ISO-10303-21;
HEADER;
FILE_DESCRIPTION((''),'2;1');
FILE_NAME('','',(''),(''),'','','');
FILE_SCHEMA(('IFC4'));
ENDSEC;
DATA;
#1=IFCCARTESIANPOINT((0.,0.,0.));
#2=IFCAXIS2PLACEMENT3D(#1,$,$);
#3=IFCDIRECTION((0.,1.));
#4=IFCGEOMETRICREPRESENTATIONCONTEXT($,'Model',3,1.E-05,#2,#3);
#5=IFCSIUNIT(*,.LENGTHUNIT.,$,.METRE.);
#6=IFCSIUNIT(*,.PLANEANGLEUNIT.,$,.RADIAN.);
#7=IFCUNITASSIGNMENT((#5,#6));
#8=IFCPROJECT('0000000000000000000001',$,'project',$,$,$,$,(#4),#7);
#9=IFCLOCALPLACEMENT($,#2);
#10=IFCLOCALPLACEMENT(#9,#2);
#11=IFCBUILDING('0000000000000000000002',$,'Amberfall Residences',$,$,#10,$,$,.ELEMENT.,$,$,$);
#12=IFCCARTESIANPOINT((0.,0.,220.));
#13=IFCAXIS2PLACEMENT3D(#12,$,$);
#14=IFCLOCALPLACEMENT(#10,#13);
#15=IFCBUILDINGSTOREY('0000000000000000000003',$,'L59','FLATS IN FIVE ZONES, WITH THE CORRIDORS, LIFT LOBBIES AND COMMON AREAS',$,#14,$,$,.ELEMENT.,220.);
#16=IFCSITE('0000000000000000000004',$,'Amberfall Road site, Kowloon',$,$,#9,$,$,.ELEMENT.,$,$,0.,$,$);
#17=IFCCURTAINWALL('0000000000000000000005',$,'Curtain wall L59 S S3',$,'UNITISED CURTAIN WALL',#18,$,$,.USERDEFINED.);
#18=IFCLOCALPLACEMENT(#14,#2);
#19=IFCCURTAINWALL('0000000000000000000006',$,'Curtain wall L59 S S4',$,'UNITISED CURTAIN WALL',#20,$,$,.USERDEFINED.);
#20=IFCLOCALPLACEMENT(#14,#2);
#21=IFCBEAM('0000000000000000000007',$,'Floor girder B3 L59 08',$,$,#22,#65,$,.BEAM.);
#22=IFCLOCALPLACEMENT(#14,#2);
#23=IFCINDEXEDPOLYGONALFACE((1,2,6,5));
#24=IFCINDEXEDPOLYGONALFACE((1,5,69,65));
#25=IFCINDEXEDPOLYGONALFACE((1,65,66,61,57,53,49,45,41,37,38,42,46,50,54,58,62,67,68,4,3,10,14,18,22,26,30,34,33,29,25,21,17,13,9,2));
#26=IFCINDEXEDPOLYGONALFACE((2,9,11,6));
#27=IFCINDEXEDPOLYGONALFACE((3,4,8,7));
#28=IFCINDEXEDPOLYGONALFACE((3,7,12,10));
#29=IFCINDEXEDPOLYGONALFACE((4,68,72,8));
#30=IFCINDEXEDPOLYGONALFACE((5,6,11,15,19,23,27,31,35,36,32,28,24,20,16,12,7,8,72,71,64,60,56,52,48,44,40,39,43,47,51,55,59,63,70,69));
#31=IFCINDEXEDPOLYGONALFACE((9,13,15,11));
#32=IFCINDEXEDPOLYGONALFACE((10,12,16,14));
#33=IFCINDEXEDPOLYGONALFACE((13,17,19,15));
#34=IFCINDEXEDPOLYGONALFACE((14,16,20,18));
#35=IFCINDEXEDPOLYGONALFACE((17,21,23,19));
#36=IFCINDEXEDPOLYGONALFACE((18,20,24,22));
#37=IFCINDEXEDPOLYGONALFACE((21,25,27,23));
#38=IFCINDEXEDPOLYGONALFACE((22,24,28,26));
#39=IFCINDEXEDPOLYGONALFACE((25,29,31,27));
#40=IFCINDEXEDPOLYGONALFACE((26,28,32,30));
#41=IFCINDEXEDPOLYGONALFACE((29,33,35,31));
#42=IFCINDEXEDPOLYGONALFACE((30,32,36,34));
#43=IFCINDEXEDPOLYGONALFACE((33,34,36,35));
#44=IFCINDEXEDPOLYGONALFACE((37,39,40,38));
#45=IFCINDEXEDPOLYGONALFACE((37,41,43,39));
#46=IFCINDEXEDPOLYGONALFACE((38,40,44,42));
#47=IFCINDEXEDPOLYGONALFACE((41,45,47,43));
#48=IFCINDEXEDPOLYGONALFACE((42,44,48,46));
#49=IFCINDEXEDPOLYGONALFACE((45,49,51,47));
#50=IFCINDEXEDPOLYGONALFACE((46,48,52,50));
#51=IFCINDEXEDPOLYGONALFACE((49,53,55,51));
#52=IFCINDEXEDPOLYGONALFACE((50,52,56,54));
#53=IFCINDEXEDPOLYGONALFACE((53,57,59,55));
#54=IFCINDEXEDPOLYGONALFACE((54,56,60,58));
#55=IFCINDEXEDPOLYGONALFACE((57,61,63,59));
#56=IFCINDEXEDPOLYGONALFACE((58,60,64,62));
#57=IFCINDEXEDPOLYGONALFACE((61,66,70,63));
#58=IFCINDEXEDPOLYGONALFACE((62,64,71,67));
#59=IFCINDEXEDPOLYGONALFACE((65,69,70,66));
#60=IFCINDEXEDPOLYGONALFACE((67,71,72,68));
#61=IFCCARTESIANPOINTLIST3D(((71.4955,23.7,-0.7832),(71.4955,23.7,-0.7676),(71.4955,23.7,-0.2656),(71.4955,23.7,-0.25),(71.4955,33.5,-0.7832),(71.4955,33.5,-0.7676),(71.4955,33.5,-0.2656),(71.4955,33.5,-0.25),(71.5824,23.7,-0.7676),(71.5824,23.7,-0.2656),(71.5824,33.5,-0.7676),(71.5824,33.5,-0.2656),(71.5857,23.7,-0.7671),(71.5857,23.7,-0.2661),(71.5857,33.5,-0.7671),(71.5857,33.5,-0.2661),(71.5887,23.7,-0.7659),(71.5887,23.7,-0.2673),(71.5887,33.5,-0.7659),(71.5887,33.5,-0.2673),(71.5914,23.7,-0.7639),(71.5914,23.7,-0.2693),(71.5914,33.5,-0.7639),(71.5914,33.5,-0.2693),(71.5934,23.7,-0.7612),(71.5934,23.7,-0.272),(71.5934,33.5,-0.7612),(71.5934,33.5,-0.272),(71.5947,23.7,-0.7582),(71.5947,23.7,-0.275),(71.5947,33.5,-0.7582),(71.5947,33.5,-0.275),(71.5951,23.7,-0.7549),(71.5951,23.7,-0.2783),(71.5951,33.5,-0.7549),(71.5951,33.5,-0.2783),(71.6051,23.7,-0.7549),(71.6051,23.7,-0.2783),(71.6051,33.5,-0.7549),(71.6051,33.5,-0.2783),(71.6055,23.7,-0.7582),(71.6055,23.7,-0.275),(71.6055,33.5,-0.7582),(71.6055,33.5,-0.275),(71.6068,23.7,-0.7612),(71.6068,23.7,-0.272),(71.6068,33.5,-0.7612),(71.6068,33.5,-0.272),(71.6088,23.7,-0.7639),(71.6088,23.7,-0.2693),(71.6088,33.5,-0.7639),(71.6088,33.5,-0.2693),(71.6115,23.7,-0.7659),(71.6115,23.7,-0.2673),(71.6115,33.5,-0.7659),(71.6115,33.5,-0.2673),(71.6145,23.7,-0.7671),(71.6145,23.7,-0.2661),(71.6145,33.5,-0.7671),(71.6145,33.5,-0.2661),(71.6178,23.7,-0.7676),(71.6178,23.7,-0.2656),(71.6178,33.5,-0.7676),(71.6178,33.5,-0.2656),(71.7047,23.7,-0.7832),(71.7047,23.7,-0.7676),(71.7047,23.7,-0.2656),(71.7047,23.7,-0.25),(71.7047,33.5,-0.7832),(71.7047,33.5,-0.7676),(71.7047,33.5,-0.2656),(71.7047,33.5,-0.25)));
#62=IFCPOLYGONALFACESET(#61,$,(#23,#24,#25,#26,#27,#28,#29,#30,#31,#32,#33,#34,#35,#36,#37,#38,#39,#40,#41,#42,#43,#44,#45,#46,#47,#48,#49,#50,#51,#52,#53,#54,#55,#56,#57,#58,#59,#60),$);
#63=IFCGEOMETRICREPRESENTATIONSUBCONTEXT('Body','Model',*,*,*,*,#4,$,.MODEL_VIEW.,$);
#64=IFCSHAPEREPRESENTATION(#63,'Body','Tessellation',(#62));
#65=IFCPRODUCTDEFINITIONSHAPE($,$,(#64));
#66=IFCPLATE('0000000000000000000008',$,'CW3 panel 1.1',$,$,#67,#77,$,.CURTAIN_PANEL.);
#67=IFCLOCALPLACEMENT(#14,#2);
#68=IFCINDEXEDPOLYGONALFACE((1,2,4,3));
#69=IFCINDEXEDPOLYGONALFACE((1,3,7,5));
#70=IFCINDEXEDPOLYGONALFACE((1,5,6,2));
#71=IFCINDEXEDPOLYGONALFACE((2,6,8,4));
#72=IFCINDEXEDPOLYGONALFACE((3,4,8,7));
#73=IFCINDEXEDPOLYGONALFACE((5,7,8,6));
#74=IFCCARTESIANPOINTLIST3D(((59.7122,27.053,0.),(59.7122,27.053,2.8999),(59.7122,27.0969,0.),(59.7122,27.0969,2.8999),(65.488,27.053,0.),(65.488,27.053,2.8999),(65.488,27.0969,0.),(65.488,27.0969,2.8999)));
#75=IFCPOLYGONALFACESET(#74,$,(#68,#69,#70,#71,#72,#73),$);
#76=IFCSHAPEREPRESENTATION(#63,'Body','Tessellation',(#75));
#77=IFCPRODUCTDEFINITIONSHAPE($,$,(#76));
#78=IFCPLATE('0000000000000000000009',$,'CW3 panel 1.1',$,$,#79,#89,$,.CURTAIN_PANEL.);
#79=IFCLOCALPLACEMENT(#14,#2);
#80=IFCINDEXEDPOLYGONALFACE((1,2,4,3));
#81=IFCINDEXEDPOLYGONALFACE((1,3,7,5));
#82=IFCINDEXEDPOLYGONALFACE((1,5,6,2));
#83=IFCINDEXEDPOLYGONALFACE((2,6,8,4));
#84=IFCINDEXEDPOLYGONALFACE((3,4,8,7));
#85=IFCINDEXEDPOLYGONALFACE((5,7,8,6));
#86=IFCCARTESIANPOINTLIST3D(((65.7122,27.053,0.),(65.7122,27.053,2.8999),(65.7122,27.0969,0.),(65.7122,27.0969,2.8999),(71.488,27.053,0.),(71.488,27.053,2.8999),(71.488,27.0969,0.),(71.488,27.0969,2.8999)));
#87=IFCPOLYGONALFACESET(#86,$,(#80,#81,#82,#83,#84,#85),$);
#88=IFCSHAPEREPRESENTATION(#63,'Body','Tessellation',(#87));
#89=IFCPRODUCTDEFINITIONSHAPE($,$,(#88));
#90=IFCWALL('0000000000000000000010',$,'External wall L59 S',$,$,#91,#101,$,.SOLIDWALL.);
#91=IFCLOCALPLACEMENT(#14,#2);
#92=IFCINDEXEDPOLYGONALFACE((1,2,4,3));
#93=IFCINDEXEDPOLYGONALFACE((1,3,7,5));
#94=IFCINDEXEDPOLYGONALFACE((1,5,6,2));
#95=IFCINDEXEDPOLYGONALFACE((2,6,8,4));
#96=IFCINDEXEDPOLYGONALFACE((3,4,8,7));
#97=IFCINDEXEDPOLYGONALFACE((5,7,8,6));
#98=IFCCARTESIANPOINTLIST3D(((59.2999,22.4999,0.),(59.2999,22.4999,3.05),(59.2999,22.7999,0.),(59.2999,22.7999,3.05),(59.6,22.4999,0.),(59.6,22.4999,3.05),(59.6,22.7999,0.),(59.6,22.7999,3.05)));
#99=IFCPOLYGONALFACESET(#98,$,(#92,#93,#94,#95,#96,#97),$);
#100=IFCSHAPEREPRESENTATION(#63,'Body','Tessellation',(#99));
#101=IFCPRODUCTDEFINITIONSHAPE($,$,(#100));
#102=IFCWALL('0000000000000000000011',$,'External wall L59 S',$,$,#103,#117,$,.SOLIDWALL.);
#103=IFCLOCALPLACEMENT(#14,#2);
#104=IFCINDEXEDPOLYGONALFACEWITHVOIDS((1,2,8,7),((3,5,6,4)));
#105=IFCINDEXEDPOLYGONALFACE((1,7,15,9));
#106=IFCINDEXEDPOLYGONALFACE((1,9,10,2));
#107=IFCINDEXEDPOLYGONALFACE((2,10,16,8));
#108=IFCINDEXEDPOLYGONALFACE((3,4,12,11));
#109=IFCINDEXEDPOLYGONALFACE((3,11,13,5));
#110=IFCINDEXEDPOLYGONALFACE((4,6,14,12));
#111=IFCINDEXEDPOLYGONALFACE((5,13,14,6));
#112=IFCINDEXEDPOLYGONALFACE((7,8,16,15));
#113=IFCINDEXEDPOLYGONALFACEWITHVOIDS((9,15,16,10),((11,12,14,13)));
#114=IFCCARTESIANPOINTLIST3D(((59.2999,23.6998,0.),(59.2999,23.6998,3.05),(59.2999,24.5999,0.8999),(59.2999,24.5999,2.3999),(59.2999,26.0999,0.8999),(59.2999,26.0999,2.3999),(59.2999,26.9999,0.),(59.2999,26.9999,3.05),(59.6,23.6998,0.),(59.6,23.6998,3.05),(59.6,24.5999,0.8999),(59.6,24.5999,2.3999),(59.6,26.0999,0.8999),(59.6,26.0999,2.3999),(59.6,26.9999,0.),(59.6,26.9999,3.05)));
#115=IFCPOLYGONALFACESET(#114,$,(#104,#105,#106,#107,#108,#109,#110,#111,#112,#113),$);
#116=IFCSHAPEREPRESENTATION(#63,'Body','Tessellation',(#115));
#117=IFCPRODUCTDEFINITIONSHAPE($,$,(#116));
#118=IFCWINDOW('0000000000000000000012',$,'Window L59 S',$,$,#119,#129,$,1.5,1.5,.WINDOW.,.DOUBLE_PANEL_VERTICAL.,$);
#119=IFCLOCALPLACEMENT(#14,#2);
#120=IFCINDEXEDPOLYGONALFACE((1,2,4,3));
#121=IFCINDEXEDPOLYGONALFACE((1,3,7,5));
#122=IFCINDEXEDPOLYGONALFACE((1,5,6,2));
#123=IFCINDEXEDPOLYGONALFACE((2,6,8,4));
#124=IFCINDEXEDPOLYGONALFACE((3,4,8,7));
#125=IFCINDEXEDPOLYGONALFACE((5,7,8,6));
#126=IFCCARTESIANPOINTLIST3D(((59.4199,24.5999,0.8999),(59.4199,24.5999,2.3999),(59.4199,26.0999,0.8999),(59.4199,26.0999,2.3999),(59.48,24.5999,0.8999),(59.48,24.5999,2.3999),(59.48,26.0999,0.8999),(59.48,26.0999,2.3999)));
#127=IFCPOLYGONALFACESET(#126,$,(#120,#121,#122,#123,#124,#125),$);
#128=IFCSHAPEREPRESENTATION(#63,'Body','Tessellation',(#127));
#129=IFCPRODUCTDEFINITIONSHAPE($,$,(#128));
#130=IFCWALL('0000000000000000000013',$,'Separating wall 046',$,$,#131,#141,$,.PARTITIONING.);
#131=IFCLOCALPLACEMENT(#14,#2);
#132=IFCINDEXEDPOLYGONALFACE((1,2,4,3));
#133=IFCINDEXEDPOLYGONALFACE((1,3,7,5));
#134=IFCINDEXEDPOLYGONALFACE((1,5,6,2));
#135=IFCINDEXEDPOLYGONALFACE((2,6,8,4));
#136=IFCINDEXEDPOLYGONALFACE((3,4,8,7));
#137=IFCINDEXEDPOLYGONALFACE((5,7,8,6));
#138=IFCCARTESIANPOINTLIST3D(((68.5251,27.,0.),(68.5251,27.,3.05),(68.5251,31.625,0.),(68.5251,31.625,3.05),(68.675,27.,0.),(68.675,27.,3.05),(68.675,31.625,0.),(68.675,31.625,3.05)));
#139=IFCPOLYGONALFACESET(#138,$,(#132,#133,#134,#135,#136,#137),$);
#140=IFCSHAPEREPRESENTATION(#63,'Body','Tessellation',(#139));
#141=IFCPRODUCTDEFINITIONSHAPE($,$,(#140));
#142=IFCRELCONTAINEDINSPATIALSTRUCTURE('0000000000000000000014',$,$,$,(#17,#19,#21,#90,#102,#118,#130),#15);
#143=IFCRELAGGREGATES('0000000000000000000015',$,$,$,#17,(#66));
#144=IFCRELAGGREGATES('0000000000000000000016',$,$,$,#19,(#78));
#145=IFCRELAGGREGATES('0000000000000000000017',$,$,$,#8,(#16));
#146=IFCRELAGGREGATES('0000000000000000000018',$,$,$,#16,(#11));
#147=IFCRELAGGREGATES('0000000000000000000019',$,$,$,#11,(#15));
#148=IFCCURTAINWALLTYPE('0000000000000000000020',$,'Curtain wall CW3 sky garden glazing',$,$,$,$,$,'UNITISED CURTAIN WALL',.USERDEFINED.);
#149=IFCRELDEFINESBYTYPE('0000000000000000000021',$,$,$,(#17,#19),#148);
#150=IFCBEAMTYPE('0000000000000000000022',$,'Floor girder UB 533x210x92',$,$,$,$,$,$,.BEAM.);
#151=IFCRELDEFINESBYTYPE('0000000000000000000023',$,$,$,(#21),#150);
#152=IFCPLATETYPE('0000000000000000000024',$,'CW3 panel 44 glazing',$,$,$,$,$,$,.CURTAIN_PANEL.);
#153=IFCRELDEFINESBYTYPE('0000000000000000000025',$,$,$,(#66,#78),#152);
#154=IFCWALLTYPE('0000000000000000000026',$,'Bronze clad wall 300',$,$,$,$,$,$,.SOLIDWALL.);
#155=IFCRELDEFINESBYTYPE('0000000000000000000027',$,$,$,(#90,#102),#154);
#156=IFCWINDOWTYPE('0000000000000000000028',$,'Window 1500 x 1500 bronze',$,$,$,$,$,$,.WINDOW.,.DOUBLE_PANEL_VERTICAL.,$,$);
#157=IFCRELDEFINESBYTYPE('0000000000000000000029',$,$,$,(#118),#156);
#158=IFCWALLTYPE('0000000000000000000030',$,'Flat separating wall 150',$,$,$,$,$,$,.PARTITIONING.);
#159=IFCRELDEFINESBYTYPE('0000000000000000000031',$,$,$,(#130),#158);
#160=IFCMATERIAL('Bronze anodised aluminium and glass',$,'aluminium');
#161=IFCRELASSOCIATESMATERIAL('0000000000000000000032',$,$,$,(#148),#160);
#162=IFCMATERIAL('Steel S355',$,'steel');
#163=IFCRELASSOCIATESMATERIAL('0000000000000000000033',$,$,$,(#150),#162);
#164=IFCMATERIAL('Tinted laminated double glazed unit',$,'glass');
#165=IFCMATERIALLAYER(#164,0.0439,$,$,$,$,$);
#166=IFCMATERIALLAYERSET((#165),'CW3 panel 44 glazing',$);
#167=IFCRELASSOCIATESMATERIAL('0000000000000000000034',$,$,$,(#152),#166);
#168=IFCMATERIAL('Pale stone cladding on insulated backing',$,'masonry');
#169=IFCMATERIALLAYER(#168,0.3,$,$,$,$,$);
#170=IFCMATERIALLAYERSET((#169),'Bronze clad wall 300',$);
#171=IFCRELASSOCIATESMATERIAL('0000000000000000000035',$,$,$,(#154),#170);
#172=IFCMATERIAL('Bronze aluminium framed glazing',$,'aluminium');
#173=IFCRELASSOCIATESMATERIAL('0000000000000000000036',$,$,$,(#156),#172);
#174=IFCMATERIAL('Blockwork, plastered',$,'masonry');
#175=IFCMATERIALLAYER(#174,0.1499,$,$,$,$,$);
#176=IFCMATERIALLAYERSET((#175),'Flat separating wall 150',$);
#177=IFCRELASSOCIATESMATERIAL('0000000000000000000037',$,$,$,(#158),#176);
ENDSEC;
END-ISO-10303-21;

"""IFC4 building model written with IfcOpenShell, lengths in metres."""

from ifc_helpers import new_model, si_unit, direction, frame, frame_2d, origin, origin_2d, place, context, subcontext, project, spatial, rectangle, i_section, extrude, material, layer, layer_set, material_profile, profile_set, type_object, element, fill, aggregate, save


model = new_model("IFC4")

# Units and contexts
model_context = context("Model", 3, precision=1e-05, world=origin(), true_north=direction((0.0, 1.0)))
body_context = subcontext(model_context, "Body", "Model", "MODEL_VIEW")
ifc_project = project(units=[si_unit("LENGTHUNIT", "METRE"), si_unit("PLANEANGLEUNIT", "RADIAN")], contexts=[model_context])

# Site, building, storey
site_placement = place(None, origin())
site = spatial("IfcSite", under=ifc_project, at=site_placement, Name="Amberfall Road site, Kowloon", CompositionType="ELEMENT", RefElevation=0.0)
building_placement = place(site_placement, origin())
building = spatial("IfcBuilding", under=site, at=building_placement, Name="Amberfall Residences", CompositionType="ELEMENT")
storey_placement = place(building_placement, frame((0.0, 0.0, 220.0)))
storey = spatial("IfcBuildingStorey", under=building, at=storey_placement, Name="L59", Description="FLATS IN FIVE ZONES, WITH THE CORRIDORS, LIFT LOBBIES AND COMMON AREAS", CompositionType="ELEMENT", Elevation=220.0)

# Curtain walls
ifc_material_1 = material(Name="Bronze anodised aluminium and glass", Category="aluminium")
curtain_wall_type_1 = type_object("IfcCurtainWallType", Name="Curtain wall CW3 sky garden glazing", ElementType="UNITISED CURTAIN WALL", PredefinedType="USERDEFINED", material=ifc_material_1)
curtain_wall_1_placement = place(storey_placement, origin())
curtain_wall_1 = element("IfcCurtainWall", 1, at=curtain_wall_1_placement, inside=storey, type_object=curtain_wall_type_1, Name="Curtain wall L59 S S3", ObjectType="UNITISED CURTAIN WALL", PredefinedType="USERDEFINED")
curtain_wall_2_placement = place(storey_placement, origin())
curtain_wall_2 = element("IfcCurtainWall", 2, at=curtain_wall_2_placement, inside=storey, type_object=curtain_wall_type_1, Name="Curtain wall L59 S S4", ObjectType="UNITISED CURTAIN WALL", PredefinedType="USERDEFINED")

# Shared definitions
ifc_material_2 = material(Name="Steel S355", Category="steel")

# Beam
ifc_material_profile_1 = material_profile(ifc_material_2, i_section(OverallWidth=0.2092, OverallDepth=0.5332, WebThickness=0.01, FlangeThickness=0.0156, FilletRadius=0.0127, at=origin_2d()), Name="UB 533x210x92")
ifc_profile_set_1 = profile_set([ifc_material_profile_1], Name="Steel S355")
beam_type_1 = type_object("IfcBeamType", Name="Floor girder UB 533x210x92", PredefinedType="BEAM", material=ifc_profile_set_1)
for number, where, z_axis, x_axis, name in (
    (3, (71.6001, 23.7, -0.5166), (0.0, 1.0, 0.0), (-1.0, 0.0, 0.0), "Floor girder B3 L59 08"),
):
    element("IfcBeam", number, at=place(storey_placement, frame(where, z_axis=z_axis, x_axis=x_axis)), inside=storey, type_object=beam_type_1, Name=name, PredefinedType="BEAM", context=body_context, shape_type="SweptSolid", body=[
        extrude(i_section(OverallWidth=0.2092, OverallDepth=0.5332, WebThickness=0.01, FlangeThickness=0.0156, FilletRadius=0.0127, at=origin_2d()), origin(), (0.0, 0.0, 1.0), 9.8),
    ])

# Plates
ifc_material_3 = material(Name="Tinted laminated double glazed unit", Category="glass")
ifc_layer_1 = layer(ifc_material_3, 0.0439)
ifc_layer_set_1 = layer_set([ifc_layer_1], Name="CW3 panel 44 glazing")
plate_type = type_object("IfcPlateType", Name="CW3 panel 44 glazing", PredefinedType="CURTAIN_PANEL", material=ifc_layer_set_1)
plate_1_placement = place(storey_placement, frame((62.6001, 27.075, 0.0), z_axis=(0.0, 0.0, 1.0), x_axis=(1.0, 0.0, 0.0)))
plate_1 = element("IfcPlate", 4, at=plate_1_placement, type_object=plate_type, Name="CW3 panel 1.1", PredefinedType="CURTAIN_PANEL", context=body_context, shape_type="SweptSolid", body=[
    extrude(rectangle(XDim=5.7759, YDim=0.0439, at=origin_2d()), origin(), (0.0, 0.0, 1.0), 2.8999),
])
aggregate(curtain_wall_1, [plate_1])
plate_2_placement = place(storey_placement, frame((68.6001, 27.075, 0.0), z_axis=(0.0, 0.0, 1.0), x_axis=(1.0, 0.0, 0.0)))
plate_2 = element("IfcPlate", 5, at=plate_2_placement, type_object=plate_type, Name="CW3 panel 1.1", PredefinedType="CURTAIN_PANEL", context=body_context, shape_type="SweptSolid", body=[
    extrude(rectangle(XDim=5.7759, YDim=0.0439, at=origin_2d()), origin(), (0.0, 0.0, 1.0), 2.8999),
])
aggregate(curtain_wall_2, [plate_2])

# Wall
ifc_material_4 = material(Name="Pale stone cladding on insulated backing", Category="masonry")
ifc_layer_2 = layer(ifc_material_4, 0.3)
ifc_layer_set_2 = layer_set([ifc_layer_2], Name="Bronze clad wall 300")
wall_type_1 = type_object("IfcWallType", Name="Bronze clad wall 300", PredefinedType="SOLIDWALL", material=ifc_layer_set_2)
wall_1_placement = place(storey_placement, frame((59.45, 22.5, 0.0), z_axis=(0.0, 0.0, 1.0), x_axis=(0.0, 1.0, 0.0)))
element("IfcWall", 6, at=wall_1_placement, inside=storey, type_object=wall_type_1, Name="External wall L59 S", PredefinedType="SOLIDWALL", context=body_context, shape_type="SweptSolid", body=[
    extrude(rectangle(XDim=0.3, YDim=0.3, at=frame_2d((0.1499, 0.0))), origin(), (0.0, 0.0, 1.0), 3.05),
])

# Wall, opening, window
wall_2_placement = place(storey_placement, frame((59.45, 23.7, 0.0), z_axis=(0.0, 0.0, 1.0), x_axis=(0.0, 1.0, 0.0)))
wall_2 = element("IfcWall", 7, at=wall_2_placement, inside=storey, type_object=wall_type_1, Name="External wall L59 S", PredefinedType="SOLIDWALL", context=body_context, shape_type="SweptSolid", body=[
    extrude(rectangle(XDim=3.3, YDim=0.3, at=frame_2d((1.6499, 0.0))), origin(), (0.0, 0.0, 1.0), 3.05),
])
opening_placement = place(wall_2_placement, frame((0.8999, 0.0, 0.8999)))
opening = element("IfcOpeningElement", 8, at=opening_placement, cuts=wall_2, PredefinedType="OPENING", context=body_context, shape_type="SweptSolid", body=[
    extrude(rectangle(XDim=1.5, YDim=1.5, at=frame_2d((0.75, 0.75))), frame((0.0, 0.1599, 0.0), z_axis=(0.0, -1.0, 0.0), x_axis=(1.0, 0.0, 0.0)), (0.0, 0.0, 1.0), 0.3201),
])
ifc_material_5 = material(Name="Bronze aluminium framed glazing", Category="aluminium")
window_type = type_object("IfcWindowType", Name="Window 1500 x 1500 bronze", PartitioningType="DOUBLE_PANEL_VERTICAL", PredefinedType="WINDOW", material=ifc_material_5)
window_placement = place(opening_placement, origin())
window = element("IfcWindow", 9, at=window_placement, inside=storey, type_object=window_type, Name="Window L59 S", OverallHeight=1.5, OverallWidth=1.5, PartitioningType="DOUBLE_PANEL_VERTICAL", PredefinedType="WINDOW", context=body_context, shape_type="SweptSolid", body=[
    extrude(rectangle(XDim=1.5, YDim=1.5, at=frame_2d((0.75, 0.75))), frame((0.0, 0.03, 0.0), z_axis=(0.0, -1.0, 0.0), x_axis=(1.0, 0.0, 0.0)), (0.0, 0.0, 1.0), 0.0601),
])
fill(opening, window)

# Wall
ifc_material_6 = material(Name="Blockwork, plastered", Category="masonry")
ifc_layer_3 = layer(ifc_material_6, 0.1499)
ifc_layer_set_3 = layer_set([ifc_layer_3], Name="Flat separating wall 150")
wall_type_2 = type_object("IfcWallType", Name="Flat separating wall 150", PredefinedType="PARTITIONING", material=ifc_layer_set_3)
wall_3_placement = place(storey_placement, frame((68.6001, 27.0, 0.0), z_axis=(0.0, 0.0, 1.0), x_axis=(0.0, 1.0, 0.0)))
element("IfcWall", 10, at=wall_3_placement, inside=storey, type_object=wall_type_2, Name="Separating wall 046", PredefinedType="PARTITIONING", context=body_context, shape_type="SweptSolid", body=[
    extrude(rectangle(XDim=4.625, YDim=0.1499, at=frame_2d((2.3125, 0.0))), origin(), (0.0, 0.0, 1.0), 3.05),
])

save(model, "model.ifc")
